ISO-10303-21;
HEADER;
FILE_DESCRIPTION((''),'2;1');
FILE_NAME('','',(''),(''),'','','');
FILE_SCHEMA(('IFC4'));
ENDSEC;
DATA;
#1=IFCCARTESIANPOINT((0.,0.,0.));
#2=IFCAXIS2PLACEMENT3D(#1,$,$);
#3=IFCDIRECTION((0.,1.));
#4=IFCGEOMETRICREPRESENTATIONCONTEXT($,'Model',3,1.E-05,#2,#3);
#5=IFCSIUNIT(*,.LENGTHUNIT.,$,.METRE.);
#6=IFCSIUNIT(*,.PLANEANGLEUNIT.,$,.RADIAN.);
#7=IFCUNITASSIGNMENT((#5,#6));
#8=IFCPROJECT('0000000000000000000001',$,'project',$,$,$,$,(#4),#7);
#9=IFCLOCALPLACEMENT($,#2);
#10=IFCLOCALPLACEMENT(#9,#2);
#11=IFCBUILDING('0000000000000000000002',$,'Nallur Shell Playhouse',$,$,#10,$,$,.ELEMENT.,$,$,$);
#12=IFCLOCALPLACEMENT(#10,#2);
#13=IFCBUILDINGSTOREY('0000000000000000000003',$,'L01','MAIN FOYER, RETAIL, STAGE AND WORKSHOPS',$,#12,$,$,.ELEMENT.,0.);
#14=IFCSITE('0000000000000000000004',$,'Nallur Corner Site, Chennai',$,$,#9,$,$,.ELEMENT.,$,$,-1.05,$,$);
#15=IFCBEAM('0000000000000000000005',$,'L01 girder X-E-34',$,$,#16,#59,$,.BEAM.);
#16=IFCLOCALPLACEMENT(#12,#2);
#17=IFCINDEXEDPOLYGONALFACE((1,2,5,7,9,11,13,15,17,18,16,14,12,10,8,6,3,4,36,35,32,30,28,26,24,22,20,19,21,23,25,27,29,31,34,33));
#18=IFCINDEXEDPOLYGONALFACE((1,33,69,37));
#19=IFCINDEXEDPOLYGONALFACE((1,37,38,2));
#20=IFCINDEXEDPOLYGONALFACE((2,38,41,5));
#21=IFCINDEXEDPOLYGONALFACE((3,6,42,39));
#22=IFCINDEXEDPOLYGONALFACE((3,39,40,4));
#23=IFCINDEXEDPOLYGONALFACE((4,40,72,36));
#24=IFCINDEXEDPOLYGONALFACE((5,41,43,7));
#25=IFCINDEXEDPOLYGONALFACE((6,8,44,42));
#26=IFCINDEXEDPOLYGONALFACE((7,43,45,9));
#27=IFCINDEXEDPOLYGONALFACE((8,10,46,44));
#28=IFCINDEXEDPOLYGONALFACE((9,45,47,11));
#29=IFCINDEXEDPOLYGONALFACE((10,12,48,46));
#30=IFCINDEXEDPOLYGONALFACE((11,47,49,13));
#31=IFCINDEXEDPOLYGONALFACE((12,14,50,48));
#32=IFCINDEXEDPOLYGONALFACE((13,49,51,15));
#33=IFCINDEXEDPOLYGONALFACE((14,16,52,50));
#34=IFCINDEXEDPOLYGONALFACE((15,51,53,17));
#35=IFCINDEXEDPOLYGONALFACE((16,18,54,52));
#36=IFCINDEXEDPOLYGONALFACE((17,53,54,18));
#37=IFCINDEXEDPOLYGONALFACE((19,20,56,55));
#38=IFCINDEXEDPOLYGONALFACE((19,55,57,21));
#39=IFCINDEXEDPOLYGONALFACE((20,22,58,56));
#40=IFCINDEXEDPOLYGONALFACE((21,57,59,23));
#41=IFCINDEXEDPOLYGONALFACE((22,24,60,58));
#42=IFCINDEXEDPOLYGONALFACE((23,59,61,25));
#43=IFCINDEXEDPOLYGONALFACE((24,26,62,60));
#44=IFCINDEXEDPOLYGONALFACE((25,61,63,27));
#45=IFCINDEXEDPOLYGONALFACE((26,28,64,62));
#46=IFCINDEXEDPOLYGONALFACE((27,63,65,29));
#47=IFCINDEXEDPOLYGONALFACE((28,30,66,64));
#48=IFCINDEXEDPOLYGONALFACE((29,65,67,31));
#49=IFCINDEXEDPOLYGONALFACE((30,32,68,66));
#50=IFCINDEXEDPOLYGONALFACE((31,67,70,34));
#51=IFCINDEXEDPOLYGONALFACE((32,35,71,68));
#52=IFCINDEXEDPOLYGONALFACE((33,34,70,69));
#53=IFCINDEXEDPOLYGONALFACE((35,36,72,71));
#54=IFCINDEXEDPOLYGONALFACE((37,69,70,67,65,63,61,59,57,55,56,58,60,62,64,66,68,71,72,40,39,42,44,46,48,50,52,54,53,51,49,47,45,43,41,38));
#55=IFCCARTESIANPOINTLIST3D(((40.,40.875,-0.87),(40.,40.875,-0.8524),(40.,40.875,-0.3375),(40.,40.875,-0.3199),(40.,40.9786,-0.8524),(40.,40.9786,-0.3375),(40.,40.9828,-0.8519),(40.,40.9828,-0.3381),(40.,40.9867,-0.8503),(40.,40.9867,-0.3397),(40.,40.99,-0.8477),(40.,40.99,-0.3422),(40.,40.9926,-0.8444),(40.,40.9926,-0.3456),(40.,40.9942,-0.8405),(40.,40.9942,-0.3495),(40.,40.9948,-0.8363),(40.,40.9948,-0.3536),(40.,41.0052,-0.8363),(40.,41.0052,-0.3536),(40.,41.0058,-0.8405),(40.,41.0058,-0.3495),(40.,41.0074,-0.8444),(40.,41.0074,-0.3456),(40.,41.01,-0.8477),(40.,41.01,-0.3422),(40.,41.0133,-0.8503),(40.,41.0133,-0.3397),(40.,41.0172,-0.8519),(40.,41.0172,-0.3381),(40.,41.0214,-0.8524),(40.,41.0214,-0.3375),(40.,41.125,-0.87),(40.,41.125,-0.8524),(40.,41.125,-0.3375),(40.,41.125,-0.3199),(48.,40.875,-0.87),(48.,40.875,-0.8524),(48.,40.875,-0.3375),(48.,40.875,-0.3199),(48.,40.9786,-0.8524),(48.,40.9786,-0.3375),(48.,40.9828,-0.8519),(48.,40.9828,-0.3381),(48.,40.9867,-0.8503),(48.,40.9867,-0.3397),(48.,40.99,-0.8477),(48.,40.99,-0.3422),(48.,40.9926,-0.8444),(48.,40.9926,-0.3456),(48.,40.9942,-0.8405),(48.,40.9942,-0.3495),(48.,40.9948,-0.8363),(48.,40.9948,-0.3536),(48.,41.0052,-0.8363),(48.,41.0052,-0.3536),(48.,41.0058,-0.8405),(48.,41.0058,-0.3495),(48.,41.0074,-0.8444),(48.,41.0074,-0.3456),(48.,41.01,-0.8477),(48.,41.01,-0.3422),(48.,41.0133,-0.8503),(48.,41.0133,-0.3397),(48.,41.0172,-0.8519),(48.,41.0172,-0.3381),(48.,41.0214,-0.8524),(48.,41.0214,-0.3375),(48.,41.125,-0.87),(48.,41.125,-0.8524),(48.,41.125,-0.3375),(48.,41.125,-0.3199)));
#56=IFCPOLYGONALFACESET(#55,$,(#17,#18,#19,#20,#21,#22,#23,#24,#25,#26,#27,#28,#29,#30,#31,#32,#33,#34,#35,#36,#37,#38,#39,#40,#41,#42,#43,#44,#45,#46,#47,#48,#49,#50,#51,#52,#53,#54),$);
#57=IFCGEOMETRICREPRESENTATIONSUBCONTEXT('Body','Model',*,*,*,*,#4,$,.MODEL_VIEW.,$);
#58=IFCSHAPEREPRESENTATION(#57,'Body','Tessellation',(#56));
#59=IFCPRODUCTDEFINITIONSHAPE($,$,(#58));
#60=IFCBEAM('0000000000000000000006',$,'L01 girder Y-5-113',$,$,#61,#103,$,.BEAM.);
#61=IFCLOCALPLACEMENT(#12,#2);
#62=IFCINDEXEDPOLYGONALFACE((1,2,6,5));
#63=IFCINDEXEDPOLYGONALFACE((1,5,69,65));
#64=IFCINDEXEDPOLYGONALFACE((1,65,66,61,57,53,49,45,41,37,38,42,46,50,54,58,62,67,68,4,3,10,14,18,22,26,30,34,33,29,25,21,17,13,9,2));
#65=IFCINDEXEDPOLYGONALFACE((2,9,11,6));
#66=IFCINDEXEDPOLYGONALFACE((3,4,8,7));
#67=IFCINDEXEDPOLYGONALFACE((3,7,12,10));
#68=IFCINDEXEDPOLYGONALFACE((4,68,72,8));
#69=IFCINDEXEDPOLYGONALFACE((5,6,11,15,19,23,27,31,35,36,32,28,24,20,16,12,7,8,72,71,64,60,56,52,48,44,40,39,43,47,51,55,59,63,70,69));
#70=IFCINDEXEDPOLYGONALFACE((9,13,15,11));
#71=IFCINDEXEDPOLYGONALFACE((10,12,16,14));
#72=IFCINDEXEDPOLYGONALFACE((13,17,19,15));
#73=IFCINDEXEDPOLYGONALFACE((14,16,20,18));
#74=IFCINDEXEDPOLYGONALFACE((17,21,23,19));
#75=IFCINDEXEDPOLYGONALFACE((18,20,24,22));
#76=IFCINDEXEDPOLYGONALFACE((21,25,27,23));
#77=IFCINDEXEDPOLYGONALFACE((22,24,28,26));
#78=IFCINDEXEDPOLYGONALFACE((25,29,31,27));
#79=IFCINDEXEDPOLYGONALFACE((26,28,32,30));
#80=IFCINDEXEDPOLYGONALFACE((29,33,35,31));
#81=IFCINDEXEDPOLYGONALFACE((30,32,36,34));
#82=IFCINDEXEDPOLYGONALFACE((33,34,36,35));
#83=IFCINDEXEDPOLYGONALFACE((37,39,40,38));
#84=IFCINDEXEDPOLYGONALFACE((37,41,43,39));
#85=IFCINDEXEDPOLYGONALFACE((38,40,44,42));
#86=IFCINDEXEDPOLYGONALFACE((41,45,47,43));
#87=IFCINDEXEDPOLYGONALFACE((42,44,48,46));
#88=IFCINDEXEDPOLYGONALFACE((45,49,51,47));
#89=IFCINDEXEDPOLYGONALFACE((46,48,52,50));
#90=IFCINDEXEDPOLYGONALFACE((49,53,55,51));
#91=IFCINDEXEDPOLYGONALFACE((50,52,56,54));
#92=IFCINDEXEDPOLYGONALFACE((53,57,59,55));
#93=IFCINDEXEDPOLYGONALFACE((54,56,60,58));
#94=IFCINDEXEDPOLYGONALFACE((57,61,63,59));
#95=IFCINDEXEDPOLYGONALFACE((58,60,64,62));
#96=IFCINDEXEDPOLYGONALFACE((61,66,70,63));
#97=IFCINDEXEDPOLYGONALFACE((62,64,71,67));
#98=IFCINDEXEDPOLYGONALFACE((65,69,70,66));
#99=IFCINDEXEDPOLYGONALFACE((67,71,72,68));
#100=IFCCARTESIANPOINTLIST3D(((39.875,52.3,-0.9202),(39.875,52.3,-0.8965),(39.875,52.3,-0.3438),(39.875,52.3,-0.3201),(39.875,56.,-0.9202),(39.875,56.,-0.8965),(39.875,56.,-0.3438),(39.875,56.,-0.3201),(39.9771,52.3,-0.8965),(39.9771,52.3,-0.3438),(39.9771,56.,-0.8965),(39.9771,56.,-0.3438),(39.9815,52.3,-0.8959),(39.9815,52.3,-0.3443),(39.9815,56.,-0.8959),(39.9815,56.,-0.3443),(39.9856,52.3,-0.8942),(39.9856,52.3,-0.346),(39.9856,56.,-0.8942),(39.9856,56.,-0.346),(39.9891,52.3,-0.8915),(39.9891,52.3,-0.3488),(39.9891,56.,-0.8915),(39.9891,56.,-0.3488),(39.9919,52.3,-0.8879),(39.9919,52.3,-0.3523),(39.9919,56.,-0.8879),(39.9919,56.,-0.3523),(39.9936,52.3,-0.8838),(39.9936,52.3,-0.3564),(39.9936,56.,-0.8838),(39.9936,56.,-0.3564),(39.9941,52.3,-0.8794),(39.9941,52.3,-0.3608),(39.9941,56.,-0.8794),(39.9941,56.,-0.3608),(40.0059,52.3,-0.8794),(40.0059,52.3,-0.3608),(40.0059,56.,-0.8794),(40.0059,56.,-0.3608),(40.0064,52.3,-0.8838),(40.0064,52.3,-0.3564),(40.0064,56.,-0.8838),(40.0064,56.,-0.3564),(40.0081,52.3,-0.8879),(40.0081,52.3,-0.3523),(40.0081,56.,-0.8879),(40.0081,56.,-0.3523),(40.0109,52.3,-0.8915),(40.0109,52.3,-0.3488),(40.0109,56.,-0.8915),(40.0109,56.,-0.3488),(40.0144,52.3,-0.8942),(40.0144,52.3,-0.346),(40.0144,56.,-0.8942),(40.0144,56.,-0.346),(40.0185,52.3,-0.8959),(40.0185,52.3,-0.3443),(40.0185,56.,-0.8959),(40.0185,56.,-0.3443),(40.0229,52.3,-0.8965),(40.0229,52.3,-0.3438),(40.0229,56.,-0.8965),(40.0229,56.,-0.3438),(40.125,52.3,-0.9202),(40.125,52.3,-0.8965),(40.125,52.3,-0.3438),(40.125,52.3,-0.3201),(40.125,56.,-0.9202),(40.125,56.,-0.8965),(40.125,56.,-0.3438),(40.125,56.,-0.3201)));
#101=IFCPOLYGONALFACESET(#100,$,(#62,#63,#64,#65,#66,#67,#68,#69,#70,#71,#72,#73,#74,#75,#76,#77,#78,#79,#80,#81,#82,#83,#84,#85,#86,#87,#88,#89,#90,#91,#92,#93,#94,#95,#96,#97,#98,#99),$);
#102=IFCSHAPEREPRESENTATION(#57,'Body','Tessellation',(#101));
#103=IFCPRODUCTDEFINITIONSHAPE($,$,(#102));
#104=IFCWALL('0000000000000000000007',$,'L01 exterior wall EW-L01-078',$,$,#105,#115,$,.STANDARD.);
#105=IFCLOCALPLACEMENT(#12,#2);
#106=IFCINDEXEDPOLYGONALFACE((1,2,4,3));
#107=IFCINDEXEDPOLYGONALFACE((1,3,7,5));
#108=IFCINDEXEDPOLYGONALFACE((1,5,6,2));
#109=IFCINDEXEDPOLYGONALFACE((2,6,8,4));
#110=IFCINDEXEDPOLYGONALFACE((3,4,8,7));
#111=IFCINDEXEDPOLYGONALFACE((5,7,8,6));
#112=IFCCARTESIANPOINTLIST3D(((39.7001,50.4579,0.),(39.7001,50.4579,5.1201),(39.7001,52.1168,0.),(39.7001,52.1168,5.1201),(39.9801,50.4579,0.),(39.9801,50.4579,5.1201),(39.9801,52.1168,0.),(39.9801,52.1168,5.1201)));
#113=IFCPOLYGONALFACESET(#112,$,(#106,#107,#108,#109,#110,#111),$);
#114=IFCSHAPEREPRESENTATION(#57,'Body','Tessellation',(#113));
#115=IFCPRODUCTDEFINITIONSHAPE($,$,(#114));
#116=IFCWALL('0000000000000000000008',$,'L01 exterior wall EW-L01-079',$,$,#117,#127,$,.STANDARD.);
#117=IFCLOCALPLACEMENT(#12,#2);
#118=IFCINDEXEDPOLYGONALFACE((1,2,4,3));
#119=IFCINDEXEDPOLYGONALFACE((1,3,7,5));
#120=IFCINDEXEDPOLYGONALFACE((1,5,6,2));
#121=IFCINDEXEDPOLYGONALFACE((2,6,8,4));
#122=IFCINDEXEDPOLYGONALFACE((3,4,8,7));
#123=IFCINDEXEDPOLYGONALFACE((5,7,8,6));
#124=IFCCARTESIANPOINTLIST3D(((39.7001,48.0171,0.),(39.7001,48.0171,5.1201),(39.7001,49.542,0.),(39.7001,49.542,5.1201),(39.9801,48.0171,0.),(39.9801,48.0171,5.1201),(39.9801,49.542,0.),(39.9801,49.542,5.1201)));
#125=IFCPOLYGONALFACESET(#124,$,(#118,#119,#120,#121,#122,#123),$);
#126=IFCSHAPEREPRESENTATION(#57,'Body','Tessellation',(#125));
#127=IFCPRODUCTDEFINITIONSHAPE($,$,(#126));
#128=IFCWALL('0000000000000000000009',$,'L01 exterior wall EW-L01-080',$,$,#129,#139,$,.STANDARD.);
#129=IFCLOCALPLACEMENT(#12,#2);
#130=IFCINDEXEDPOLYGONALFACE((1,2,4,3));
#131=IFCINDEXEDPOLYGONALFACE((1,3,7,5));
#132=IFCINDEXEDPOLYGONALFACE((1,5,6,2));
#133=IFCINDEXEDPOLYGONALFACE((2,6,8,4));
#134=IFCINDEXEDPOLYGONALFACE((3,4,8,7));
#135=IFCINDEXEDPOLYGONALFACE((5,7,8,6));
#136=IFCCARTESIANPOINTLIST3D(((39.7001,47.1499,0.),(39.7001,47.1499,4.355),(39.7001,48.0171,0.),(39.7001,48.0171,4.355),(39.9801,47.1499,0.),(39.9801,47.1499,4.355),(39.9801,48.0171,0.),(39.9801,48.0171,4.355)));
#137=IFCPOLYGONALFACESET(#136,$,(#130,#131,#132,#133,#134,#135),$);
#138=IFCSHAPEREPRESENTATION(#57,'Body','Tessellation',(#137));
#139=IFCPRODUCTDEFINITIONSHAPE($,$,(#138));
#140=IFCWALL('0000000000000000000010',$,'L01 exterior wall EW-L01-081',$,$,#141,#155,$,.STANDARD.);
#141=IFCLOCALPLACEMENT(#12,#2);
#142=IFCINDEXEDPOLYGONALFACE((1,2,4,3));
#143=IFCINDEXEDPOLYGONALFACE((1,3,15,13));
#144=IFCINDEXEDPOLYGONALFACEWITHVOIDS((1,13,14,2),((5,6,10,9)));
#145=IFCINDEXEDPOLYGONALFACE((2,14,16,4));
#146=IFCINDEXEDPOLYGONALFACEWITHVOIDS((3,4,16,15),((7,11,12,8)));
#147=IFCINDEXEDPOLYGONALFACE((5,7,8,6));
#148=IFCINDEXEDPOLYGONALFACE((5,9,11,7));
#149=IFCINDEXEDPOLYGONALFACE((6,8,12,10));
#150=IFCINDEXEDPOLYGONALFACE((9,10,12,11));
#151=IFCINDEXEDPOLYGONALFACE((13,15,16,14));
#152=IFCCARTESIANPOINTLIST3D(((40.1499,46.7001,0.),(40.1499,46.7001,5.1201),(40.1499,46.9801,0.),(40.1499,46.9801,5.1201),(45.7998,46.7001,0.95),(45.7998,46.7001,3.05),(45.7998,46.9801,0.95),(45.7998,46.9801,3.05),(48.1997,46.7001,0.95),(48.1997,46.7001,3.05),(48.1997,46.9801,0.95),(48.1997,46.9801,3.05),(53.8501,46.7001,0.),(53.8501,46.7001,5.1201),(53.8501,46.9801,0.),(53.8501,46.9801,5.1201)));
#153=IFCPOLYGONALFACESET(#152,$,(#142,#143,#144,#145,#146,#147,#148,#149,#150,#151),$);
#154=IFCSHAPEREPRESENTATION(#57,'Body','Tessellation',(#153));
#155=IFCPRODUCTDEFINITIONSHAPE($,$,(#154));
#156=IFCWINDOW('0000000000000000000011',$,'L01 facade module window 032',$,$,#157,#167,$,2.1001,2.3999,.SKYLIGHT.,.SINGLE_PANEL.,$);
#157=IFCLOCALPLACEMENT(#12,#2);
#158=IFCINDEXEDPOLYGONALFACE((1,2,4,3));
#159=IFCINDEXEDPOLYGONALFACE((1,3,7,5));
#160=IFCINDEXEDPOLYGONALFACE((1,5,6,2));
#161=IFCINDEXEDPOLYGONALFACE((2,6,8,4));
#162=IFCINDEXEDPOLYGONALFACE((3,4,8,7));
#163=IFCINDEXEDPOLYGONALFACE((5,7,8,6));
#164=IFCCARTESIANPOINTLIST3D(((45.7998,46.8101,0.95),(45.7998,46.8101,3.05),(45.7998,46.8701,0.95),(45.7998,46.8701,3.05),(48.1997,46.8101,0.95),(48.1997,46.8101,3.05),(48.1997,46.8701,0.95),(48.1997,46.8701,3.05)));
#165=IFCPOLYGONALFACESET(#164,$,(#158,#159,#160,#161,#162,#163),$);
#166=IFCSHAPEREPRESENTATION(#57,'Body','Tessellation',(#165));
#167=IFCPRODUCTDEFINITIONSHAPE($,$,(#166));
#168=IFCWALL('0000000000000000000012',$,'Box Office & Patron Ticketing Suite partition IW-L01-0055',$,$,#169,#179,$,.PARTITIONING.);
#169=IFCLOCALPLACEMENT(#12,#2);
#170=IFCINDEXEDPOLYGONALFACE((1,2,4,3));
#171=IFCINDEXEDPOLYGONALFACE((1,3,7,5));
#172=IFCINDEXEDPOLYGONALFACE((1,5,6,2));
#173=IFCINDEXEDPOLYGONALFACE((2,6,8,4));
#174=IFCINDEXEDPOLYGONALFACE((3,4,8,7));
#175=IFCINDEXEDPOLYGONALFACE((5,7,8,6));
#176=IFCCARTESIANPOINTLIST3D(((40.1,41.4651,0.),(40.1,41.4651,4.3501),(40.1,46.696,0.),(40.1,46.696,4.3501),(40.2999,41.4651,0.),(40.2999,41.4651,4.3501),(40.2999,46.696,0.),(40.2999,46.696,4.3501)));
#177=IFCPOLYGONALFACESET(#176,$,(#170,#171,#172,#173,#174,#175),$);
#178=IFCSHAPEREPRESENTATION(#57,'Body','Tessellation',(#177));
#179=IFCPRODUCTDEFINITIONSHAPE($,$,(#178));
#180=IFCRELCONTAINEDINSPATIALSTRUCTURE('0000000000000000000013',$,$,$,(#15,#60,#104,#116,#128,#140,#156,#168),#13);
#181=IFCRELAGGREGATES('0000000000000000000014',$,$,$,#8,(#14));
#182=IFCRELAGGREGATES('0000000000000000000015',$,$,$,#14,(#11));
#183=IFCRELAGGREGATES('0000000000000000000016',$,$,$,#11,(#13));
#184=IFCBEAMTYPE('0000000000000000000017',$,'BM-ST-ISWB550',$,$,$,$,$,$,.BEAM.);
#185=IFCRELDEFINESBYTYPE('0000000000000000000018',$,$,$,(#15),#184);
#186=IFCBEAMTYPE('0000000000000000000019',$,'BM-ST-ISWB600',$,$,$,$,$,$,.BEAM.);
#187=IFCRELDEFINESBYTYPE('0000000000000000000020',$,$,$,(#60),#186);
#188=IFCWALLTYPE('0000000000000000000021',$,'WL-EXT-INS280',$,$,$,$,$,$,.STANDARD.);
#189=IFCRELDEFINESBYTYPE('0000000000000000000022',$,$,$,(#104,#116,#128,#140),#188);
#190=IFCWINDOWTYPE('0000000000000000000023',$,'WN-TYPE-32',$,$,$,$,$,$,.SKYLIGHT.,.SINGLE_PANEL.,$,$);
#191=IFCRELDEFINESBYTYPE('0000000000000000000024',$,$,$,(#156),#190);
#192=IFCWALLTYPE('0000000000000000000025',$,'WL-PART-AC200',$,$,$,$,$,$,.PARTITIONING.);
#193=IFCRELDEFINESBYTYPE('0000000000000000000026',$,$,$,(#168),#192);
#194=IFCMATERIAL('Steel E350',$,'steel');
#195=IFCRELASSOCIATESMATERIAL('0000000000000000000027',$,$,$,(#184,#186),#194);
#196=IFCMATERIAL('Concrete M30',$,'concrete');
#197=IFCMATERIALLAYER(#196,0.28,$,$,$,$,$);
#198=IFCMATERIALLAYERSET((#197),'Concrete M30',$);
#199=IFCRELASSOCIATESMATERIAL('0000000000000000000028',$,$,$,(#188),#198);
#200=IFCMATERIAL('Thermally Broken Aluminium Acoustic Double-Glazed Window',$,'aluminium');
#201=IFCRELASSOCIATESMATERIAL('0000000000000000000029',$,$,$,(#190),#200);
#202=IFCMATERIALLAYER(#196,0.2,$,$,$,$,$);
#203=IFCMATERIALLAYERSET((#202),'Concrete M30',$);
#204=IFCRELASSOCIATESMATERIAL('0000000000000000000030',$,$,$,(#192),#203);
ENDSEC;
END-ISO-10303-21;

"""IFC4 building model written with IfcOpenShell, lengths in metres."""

from ifc_helpers import new_model, si_unit, direction, frame, frame_2d, origin, origin_2d, place, context, subcontext, project, spatial, rectangle, i_section, extrude, material, layer, layer_set, material_profile, profile_set, type_object, element, fill, save


model = new_model("IFC4")

# Units and contexts
model_context = context("Model", 3, precision=1e-05, world=origin(), true_north=direction((0.0, 1.0)))
body_context = subcontext(model_context, "Body", "Model", "MODEL_VIEW")
ifc_project = project(units=[si_unit("LENGTHUNIT", "METRE"), si_unit("PLANEANGLEUNIT", "RADIAN")], contexts=[model_context])

# Site, building, storey
site_placement = place(None, origin())
site = spatial("IfcSite", under=ifc_project, at=site_placement, Name="Nallur Corner Site, Chennai", CompositionType="ELEMENT", RefElevation=-1.05)
building_placement = place(site_placement, origin())
building = spatial("IfcBuilding", under=site, at=building_placement, Name="Nallur Shell Playhouse", CompositionType="ELEMENT")
storey_placement = place(building_placement, origin())
storey = spatial("IfcBuildingStorey", under=building, at=storey_placement, Name="L01", Description="MAIN FOYER, RETAIL, STAGE AND WORKSHOPS", CompositionType="ELEMENT", Elevation=0.0)

# Shared definitions
ifc_material_1 = material(Name="Steel E350", Category="steel")

# Beams
ifc_material_2 = material(Name="Concrete M30", Category="concrete")
ifc_material_profile_1 = material_profile(ifc_material_1, i_section(OverallWidth=0.25, OverallDepth=0.55, WebThickness=0.0105, FlangeThickness=0.0176, FilletRadius=0.0161, at=origin_2d()), Name="ISWB 550")
ifc_profile_set_1 = profile_set([ifc_material_profile_1], Name="Steel E350")
beam_type_1 = type_object("IfcBeamType", Name="BM-ST-ISWB550", PredefinedType="BEAM", material=ifc_profile_set_1)
beam_1_placement = place(storey_placement, frame((40.0, 41.0, -0.595), z_axis=(1.0, 0.0, 0.0), x_axis=(0.0, 1.0, 0.0)))
element("IfcBeam", 1, at=beam_1_placement, inside=storey, type_object=beam_type_1, Name="L01 girder X-E-34", PredefinedType="BEAM", context=body_context, shape_type="SweptSolid", body=[
    extrude(i_section(OverallWidth=0.25, OverallDepth=0.55, WebThickness=0.0105, FlangeThickness=0.0176, FilletRadius=0.0161, at=origin_2d()), origin(), (0.0, 0.0, 1.0), 8.0),
])
ifc_material_profile_2 = material_profile(ifc_material_1, i_section(OverallWidth=0.25, OverallDepth=0.6001, WebThickness=0.0117, FlangeThickness=0.0237, FilletRadius=0.0171, at=origin_2d()), Name="ISWB 600")
ifc_profile_set_2 = profile_set([ifc_material_profile_2], Name="Steel E350")
beam_type_2 = type_object("IfcBeamType", Name="BM-ST-ISWB600", PredefinedType="BEAM", material=ifc_profile_set_2)
beam_2_placement = place(storey_placement, frame((40.0, 52.3, -0.6201), z_axis=(0.0, 1.0, 0.0), x_axis=(-1.0, 0.0, 0.0)))
element("IfcBeam", 2, at=beam_2_placement, inside=storey, type_object=beam_type_2, Name="L01 girder Y-5-113", PredefinedType="BEAM", context=body_context, shape_type="SweptSolid", body=[
    extrude(i_section(OverallWidth=0.25, OverallDepth=0.6001, WebThickness=0.0117, FlangeThickness=0.0237, FilletRadius=0.0171, at=origin_2d()), origin(), (0.0, 0.0, 1.0), 3.7),
])

# Walls
ifc_layer_1 = layer(ifc_material_2, 0.28)
ifc_layer_set_1 = layer_set([ifc_layer_1], Name="Concrete M30")
wall_type_1 = type_object("IfcWallType", Name="WL-EXT-INS280", PredefinedType="STANDARD", material=ifc_layer_set_1)
wall_1_placement = place(storey_placement, frame((39.8401, 52.1169, 0.0), z_axis=(0.0, 0.0, 1.0), x_axis=(0.0, -1.0, 0.0)))
element("IfcWall", 3, at=wall_1_placement, inside=storey, type_object=wall_type_1, Name="L01 exterior wall EW-L01-078", PredefinedType="STANDARD", context=body_context, shape_type="SweptSolid", body=[
    extrude(rectangle(XDim=1.6589, YDim=0.28, at=frame_2d((0.8296, 0.0))), origin(), (0.0, 0.0, 1.0), 5.1201),
])
wall_2_placement = place(storey_placement, frame((39.8401, 49.542, 0.0), z_axis=(0.0, 0.0, 1.0), x_axis=(0.0, -1.0, 0.0)))
element("IfcWall", 4, at=wall_2_placement, inside=storey, type_object=wall_type_1, Name="L01 exterior wall EW-L01-079", PredefinedType="STANDARD", context=body_context, shape_type="SweptSolid", body=[
    extrude(rectangle(XDim=1.5249, YDim=0.28, at=frame_2d((0.7625, 0.0))), origin(), (0.0, 0.0, 1.0), 5.1201),
])
wall_3_placement = place(storey_placement, frame((39.8401, 48.0171, 0.0), z_axis=(0.0, 0.0, 1.0), x_axis=(0.0, -1.0, 0.0)))
element("IfcWall", 5, at=wall_3_placement, inside=storey, type_object=wall_type_1, Name="L01 exterior wall EW-L01-080", PredefinedType="STANDARD", context=body_context, shape_type="SweptSolid", body=[
    extrude(rectangle(XDim=0.8672, YDim=0.28, at=frame_2d((0.4336, 0.0))), origin(), (0.0, 0.0, 1.0), 4.355),
])

# Wall, opening, window
wall_4_placement = place(storey_placement, frame((40.1499, 46.8401, 0.0), z_axis=(0.0, 0.0, 1.0), x_axis=(1.0, 0.0, 0.0)))
wall_4 = element("IfcWall", 6, at=wall_4_placement, inside=storey, type_object=wall_type_1, Name="L01 exterior wall EW-L01-081", PredefinedType="STANDARD", context=body_context, shape_type="SweptSolid", body=[
    extrude(rectangle(XDim=13.7002, YDim=0.28, at=frame_2d((6.8501, 0.0))), origin(), (0.0, 0.0, 1.0), 5.1201),
])
opening_placement = place(wall_4_placement, frame((5.6499, 0.0, 0.95)))
opening = element("IfcOpeningElement", 7, at=opening_placement, cuts=wall_4, PredefinedType="OPENING", context=body_context, shape_type="SweptSolid", body=[
    extrude(rectangle(XDim=2.3999, YDim=2.1001, at=frame_2d((1.2, 1.05))), frame((0.0, 0.1499, 0.0), z_axis=(0.0, -1.0, 0.0), x_axis=(1.0, 0.0, 0.0)), (0.0, 0.0, 1.0), 0.3),
])
ifc_material_3 = material(Name="Thermally Broken Aluminium Acoustic Double-Glazed Window", Category="aluminium")
window_type = type_object("IfcWindowType", Name="WN-TYPE-32", PartitioningType="SINGLE_PANEL", PredefinedType="SKYLIGHT", material=ifc_material_3)
window_placement = place(opening_placement, origin())
window = element("IfcWindow", 8, at=window_placement, inside=storey, type_object=window_type, Name="L01 facade module window 032", OverallHeight=2.1001, OverallWidth=2.3999, PartitioningType="SINGLE_PANEL", PredefinedType="SKYLIGHT", context=body_context, shape_type="SweptSolid", body=[
    extrude(rectangle(XDim=2.3999, YDim=2.1001, at=frame_2d((1.2, 1.05))), frame((0.0, 0.03, 0.0), z_axis=(0.0, -1.0, 0.0), x_axis=(1.0, 0.0, 0.0)), (0.0, 0.0, 1.0), 0.0601),
])
fill(opening, window)

# Wall
ifc_layer_2 = layer(ifc_material_2, 0.2)
ifc_layer_set_2 = layer_set([ifc_layer_2], Name="Concrete M30")
wall_type_2 = type_object("IfcWallType", Name="WL-PART-AC200", PredefinedType="PARTITIONING", material=ifc_layer_set_2)
wall_5_placement = place(storey_placement, frame((40.2, 41.4651, 0.0), z_axis=(0.0, 0.0, 1.0), x_axis=(0.0, 1.0, 0.0)))
element("IfcWall", 9, at=wall_5_placement, inside=storey, type_object=wall_type_2, Name="Box Office & Patron Ticketing Suite partition IW-L01-0055", PredefinedType="PARTITIONING", context=body_context, shape_type="SweptSolid", body=[
    extrude(rectangle(XDim=5.231, YDim=0.2, at=frame_2d((2.6155, 0.0))), origin(), (0.0, 0.0, 1.0), 4.3501),
])

save(model, "model.ifc")
